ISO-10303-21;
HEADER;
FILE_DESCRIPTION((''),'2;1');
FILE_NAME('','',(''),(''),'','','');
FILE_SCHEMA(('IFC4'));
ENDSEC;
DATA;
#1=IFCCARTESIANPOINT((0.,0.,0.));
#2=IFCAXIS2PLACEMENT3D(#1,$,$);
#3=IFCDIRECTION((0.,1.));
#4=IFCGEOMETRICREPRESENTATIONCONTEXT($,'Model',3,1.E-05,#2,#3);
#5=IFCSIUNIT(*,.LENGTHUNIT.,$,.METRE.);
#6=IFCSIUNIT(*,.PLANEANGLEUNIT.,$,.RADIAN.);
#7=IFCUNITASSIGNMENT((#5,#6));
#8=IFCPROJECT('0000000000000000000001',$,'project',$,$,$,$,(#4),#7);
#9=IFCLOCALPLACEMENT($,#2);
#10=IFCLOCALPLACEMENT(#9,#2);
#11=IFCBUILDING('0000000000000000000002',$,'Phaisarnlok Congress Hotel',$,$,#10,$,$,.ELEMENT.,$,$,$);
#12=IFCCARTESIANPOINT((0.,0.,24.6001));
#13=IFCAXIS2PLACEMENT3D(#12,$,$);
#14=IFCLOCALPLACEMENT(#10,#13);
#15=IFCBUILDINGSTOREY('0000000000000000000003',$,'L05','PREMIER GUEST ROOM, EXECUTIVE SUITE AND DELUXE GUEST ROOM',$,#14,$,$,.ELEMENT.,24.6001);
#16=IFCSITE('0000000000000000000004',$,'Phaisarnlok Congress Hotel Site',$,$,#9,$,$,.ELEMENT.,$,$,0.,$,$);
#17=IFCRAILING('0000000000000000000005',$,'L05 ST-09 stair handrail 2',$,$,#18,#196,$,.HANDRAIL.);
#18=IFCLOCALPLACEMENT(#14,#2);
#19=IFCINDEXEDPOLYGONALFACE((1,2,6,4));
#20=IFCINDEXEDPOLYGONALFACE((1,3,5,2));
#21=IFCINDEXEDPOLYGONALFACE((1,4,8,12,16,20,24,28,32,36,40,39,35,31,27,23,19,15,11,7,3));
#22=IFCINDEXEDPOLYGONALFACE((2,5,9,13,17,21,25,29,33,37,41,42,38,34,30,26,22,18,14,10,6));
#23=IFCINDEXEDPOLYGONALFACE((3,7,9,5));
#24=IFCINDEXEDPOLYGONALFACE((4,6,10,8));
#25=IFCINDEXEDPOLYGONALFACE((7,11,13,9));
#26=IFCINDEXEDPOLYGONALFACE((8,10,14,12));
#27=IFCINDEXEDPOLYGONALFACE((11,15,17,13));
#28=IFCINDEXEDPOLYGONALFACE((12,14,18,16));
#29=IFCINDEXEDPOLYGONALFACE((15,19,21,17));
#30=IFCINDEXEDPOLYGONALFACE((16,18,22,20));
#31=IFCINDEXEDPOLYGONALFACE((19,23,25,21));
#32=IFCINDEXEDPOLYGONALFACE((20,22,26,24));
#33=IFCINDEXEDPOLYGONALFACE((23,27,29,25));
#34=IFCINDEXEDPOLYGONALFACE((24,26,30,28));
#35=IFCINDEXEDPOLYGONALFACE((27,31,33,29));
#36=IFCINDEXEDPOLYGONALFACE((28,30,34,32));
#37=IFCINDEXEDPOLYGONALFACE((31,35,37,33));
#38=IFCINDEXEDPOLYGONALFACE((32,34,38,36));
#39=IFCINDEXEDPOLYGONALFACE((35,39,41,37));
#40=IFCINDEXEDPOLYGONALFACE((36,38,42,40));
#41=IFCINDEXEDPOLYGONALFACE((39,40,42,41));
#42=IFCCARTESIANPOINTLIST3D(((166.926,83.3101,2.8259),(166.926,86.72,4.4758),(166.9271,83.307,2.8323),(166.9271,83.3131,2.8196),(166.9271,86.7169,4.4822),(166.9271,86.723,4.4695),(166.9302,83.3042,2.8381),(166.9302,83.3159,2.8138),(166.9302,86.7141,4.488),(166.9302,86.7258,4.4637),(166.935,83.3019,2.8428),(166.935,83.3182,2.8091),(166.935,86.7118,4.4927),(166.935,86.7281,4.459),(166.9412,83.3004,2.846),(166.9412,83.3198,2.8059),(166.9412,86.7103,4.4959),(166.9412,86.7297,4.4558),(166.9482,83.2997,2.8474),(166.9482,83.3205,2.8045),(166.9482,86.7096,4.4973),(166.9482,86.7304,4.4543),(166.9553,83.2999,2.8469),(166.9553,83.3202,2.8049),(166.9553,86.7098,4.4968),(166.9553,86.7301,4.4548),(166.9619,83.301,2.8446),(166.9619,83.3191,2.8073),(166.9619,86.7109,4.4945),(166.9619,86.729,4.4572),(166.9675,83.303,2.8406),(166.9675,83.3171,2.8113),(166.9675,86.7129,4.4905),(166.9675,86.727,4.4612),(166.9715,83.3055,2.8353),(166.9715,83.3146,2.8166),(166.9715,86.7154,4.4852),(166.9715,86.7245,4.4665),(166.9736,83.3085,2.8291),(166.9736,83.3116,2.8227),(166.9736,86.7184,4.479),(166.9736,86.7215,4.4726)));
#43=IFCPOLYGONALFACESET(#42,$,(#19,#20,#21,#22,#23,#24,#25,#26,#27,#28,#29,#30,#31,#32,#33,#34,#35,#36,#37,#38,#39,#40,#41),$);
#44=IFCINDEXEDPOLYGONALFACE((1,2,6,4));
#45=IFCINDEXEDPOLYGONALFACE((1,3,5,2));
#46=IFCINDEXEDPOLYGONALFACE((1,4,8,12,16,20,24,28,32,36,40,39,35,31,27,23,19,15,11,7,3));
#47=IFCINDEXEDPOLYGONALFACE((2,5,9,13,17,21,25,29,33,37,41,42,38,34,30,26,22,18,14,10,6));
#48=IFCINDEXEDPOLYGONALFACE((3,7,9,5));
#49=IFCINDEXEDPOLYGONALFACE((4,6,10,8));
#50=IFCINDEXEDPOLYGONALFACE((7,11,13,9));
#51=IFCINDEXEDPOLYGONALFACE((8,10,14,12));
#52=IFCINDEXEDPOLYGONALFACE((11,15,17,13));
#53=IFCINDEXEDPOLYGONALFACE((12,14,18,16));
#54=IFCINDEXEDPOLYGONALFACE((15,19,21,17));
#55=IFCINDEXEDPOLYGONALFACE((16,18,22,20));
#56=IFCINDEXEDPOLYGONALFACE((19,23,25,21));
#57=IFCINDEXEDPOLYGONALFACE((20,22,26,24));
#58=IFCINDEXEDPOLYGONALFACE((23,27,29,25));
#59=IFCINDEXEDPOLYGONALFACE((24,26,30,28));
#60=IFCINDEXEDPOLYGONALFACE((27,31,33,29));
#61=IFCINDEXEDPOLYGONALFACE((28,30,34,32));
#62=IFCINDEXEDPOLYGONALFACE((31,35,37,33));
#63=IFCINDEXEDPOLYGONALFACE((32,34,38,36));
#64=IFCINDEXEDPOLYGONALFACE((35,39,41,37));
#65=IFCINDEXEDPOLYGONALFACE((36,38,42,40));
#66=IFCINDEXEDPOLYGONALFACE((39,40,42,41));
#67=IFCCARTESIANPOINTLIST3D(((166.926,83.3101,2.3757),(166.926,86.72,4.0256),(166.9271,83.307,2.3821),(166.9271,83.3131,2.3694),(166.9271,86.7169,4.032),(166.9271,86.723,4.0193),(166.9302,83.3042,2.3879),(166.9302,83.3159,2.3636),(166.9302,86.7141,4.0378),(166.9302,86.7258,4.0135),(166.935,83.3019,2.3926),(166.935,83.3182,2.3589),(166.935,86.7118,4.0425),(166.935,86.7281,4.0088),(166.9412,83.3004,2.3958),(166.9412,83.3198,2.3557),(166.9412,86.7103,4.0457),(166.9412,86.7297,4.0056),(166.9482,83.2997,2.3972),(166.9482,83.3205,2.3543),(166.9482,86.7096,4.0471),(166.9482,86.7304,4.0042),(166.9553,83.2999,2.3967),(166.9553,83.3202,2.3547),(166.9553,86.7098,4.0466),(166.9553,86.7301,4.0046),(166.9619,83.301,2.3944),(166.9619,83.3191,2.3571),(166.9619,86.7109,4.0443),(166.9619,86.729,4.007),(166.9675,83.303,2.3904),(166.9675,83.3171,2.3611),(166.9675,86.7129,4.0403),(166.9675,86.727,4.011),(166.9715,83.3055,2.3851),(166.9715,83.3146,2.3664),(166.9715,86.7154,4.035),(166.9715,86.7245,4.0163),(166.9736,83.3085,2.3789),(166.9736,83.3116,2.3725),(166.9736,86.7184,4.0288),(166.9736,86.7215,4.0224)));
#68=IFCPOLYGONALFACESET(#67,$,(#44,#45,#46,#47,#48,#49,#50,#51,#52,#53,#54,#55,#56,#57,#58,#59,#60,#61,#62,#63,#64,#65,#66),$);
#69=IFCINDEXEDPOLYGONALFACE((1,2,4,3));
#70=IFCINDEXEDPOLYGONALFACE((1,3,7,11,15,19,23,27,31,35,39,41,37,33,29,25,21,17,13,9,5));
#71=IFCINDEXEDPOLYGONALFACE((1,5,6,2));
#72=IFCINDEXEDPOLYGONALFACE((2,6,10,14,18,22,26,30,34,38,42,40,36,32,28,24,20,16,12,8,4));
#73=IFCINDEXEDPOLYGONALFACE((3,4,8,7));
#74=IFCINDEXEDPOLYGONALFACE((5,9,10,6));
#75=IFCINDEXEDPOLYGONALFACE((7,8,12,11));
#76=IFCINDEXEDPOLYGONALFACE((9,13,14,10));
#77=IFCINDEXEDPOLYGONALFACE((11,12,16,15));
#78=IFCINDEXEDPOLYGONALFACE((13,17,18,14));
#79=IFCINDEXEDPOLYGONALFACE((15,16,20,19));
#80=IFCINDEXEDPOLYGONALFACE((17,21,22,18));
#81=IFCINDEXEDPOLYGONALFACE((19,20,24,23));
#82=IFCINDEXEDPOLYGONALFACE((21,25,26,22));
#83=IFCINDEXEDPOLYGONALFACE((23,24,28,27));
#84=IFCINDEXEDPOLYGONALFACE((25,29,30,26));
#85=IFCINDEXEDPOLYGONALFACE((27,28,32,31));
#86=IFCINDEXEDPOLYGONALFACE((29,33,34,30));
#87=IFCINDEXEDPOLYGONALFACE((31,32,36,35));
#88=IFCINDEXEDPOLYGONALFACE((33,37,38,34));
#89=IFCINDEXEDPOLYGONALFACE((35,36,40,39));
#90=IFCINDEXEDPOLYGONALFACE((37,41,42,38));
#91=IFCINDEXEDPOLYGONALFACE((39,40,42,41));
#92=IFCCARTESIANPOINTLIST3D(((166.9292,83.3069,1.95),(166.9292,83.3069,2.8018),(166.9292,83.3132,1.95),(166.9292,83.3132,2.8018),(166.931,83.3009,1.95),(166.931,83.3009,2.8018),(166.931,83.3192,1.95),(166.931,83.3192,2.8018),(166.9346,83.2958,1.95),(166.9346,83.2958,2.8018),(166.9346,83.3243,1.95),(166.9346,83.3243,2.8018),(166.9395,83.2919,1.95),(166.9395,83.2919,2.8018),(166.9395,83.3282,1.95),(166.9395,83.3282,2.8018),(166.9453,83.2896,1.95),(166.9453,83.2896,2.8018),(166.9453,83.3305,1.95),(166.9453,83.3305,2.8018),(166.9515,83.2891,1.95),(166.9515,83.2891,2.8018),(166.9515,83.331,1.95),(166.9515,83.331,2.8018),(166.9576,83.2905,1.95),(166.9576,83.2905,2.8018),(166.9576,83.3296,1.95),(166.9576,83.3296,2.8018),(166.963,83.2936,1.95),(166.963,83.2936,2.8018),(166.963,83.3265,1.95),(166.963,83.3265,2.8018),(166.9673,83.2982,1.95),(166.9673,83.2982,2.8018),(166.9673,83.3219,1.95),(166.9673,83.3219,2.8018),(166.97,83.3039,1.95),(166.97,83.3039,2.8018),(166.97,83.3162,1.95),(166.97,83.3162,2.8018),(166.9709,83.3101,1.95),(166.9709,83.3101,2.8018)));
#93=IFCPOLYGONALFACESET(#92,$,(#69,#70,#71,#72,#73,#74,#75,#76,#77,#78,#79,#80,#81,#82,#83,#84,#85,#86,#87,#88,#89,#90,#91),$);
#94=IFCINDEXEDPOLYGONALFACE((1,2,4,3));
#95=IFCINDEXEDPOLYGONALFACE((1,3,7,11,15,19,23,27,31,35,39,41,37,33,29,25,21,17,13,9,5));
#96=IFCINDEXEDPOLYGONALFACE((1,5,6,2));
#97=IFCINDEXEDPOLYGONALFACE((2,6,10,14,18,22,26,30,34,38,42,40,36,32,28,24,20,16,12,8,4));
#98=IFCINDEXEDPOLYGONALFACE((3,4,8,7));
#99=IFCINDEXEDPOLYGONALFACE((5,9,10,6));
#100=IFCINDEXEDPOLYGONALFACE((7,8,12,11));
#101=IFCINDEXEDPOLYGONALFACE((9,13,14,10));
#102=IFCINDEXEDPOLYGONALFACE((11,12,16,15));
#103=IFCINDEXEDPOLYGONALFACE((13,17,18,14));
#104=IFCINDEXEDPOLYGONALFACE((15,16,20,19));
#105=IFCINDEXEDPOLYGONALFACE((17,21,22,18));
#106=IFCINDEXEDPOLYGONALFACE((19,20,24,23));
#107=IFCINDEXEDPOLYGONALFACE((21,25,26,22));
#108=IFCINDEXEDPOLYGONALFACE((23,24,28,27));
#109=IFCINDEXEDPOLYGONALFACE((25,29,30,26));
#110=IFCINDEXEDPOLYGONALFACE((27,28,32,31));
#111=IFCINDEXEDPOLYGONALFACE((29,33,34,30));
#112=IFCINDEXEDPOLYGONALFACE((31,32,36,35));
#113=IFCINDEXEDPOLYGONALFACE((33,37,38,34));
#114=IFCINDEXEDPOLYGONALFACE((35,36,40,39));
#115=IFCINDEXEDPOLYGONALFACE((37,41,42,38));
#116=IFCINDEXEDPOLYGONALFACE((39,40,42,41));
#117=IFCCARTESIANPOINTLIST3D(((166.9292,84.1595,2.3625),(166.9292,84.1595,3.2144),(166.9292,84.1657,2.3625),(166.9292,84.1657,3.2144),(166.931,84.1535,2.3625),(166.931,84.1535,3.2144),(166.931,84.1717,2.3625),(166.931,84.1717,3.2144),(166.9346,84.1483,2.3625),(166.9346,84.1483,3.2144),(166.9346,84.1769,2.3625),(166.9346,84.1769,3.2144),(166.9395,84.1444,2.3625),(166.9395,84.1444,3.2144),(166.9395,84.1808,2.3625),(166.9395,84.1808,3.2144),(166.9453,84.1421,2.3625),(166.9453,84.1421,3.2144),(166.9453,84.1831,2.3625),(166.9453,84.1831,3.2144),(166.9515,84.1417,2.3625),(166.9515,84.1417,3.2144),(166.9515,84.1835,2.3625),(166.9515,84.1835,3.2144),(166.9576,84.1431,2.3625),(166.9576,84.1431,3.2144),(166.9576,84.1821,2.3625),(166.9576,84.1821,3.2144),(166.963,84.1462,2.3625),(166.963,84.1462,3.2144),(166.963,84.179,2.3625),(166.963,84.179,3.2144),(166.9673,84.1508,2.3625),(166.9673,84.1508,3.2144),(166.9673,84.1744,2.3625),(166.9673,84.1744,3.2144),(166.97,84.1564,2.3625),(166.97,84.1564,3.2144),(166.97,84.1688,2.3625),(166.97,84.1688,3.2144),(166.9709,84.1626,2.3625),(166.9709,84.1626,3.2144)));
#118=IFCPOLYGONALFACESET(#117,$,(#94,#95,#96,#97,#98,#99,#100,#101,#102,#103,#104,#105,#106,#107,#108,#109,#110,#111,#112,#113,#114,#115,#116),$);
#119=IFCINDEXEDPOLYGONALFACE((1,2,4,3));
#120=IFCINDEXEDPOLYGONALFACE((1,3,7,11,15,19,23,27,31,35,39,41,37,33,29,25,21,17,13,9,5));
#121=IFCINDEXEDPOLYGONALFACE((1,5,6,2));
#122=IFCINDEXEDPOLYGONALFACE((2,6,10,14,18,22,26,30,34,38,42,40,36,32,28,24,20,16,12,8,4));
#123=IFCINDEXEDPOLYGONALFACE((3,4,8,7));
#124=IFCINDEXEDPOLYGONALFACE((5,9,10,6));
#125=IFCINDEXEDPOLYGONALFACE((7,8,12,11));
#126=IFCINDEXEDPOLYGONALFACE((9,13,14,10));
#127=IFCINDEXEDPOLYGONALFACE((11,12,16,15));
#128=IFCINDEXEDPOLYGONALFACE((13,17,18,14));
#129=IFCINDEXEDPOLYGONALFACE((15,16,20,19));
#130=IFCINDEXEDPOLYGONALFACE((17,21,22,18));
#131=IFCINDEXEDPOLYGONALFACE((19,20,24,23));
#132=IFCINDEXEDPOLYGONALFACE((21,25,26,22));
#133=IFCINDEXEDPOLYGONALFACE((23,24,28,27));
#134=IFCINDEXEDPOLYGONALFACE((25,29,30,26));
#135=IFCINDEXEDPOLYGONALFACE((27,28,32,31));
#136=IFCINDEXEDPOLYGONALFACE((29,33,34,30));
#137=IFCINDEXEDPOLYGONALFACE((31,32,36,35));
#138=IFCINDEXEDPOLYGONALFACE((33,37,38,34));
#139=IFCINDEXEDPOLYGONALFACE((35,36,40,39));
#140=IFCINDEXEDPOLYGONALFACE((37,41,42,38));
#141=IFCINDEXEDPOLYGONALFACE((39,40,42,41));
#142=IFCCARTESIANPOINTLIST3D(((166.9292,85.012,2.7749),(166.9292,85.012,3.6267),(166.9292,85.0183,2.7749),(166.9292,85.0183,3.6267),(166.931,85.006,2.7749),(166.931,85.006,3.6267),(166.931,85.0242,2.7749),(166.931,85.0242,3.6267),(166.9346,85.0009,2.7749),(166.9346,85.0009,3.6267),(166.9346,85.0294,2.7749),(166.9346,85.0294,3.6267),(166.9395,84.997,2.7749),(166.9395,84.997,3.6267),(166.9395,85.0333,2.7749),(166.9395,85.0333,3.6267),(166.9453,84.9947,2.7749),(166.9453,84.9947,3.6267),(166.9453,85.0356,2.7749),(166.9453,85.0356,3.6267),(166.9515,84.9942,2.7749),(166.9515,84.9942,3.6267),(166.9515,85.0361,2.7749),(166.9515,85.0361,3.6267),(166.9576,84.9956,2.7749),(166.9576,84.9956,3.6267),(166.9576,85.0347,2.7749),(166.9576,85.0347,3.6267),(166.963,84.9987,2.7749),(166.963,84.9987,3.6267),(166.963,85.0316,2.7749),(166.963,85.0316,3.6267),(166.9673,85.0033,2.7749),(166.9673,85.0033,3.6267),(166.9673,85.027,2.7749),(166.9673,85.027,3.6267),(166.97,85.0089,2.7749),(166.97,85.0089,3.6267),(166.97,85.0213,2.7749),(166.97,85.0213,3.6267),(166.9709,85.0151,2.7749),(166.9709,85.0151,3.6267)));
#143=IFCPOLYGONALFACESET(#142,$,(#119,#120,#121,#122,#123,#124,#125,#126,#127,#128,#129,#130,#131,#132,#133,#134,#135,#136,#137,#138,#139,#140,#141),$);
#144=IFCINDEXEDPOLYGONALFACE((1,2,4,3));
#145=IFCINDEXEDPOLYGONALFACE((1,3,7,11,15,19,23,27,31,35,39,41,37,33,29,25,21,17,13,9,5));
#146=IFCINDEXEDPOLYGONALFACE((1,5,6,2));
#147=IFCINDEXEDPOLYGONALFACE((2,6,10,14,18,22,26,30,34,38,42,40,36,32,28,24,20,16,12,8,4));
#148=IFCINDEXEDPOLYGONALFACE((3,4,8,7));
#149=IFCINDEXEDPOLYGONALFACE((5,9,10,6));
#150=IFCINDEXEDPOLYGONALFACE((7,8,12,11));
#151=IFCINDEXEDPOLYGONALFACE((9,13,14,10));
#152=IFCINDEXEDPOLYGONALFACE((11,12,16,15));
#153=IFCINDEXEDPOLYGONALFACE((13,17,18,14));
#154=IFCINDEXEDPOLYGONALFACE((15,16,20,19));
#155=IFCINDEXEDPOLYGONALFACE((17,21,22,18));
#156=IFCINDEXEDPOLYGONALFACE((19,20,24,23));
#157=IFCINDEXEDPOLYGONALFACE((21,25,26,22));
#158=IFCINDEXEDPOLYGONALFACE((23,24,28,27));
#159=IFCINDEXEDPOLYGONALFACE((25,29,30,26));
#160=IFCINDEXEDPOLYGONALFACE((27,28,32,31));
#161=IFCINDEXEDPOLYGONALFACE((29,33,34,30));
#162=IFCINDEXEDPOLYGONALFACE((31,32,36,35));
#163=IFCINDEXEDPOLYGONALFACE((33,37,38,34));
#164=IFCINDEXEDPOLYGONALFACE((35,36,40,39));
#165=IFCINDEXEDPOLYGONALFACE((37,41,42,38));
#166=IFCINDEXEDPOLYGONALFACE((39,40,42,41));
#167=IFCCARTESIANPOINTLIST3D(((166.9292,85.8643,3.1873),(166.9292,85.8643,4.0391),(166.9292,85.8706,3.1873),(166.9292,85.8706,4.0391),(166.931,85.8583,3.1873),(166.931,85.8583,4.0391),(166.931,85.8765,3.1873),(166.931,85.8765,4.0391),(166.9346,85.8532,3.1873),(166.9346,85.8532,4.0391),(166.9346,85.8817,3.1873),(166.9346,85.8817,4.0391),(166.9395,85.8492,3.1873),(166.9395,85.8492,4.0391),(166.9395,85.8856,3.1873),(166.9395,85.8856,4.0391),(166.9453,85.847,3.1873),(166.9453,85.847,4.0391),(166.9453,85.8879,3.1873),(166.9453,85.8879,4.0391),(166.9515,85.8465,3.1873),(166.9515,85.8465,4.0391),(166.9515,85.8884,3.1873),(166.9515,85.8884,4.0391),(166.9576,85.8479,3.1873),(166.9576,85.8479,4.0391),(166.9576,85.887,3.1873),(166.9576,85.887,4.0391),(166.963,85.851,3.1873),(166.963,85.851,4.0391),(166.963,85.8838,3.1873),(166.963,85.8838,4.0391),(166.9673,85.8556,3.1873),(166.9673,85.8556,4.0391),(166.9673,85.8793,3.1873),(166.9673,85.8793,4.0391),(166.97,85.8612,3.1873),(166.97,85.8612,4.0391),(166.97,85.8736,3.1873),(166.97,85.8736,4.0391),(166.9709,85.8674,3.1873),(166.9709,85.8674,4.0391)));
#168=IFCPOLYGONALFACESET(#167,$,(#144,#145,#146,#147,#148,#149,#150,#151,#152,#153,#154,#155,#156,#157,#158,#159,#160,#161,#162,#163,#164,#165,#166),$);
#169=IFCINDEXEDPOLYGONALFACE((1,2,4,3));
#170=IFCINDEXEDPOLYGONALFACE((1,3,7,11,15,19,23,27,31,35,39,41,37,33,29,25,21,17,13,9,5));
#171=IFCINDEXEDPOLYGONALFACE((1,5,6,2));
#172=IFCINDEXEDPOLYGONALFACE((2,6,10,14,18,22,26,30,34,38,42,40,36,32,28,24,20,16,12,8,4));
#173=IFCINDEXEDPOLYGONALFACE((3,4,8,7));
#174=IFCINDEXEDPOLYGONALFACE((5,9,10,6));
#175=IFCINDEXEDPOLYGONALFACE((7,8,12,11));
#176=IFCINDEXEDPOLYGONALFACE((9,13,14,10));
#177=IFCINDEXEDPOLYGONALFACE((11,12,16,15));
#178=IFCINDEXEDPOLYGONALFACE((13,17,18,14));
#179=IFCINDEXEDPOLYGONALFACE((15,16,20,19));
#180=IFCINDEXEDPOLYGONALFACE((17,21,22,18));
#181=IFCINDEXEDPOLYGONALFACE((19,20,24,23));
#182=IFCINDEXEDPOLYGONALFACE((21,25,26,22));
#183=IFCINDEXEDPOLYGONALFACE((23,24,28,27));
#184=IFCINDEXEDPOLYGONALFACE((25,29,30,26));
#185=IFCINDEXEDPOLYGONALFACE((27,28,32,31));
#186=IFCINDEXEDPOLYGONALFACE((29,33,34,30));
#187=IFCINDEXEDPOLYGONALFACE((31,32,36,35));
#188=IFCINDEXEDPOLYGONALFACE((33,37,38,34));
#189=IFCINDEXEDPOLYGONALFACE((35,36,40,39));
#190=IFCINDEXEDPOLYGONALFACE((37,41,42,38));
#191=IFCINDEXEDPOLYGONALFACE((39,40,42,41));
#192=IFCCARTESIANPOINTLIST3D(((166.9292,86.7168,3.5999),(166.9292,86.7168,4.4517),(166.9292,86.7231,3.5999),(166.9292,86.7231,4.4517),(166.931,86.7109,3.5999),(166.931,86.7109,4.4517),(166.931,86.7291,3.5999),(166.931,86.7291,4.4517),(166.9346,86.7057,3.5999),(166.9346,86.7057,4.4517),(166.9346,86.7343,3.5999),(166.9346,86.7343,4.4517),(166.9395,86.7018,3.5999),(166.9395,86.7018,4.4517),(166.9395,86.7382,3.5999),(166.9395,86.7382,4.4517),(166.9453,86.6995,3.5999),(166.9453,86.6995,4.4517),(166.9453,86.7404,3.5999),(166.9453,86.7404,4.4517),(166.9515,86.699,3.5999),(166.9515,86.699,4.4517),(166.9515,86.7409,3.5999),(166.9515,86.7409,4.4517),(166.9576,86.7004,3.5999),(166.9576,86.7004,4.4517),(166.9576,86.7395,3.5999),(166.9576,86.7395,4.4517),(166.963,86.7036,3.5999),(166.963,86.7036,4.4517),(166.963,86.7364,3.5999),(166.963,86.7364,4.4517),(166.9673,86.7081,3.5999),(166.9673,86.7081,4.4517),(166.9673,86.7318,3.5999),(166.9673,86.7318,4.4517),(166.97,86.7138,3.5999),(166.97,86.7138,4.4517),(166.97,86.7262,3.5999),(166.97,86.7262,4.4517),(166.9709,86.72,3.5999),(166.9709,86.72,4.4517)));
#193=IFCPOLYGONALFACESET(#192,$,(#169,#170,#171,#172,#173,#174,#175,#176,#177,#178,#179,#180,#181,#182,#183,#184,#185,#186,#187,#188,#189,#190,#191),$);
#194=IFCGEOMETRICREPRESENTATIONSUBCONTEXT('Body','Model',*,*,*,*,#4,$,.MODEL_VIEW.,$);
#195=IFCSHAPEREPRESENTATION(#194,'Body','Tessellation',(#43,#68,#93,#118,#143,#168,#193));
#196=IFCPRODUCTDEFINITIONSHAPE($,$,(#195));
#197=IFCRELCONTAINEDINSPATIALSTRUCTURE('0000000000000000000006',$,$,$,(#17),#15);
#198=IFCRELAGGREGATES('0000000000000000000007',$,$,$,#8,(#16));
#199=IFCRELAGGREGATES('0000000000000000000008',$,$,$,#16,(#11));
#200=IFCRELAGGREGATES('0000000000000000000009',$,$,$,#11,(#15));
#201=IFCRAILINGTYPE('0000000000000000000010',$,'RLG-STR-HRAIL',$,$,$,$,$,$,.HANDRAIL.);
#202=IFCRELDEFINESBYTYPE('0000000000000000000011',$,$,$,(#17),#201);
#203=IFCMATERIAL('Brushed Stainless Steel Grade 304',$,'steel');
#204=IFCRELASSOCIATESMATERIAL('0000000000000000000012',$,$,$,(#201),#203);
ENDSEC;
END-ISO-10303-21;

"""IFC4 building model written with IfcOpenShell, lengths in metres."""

from ifc_helpers import new_model, si_unit, direction, frame, origin, origin_2d, place, context, subcontext, project, spatial, circle, extrude, material, type_object, element, save


model = new_model("IFC4")

# Units and contexts
model_context = context("Model", 3, precision=1e-05, world=origin(), true_north=direction((0.0, 1.0)))
body_context = subcontext(model_context, "Body", "Model", "MODEL_VIEW")
ifc_project = project(units=[si_unit("LENGTHUNIT", "METRE"), si_unit("PLANEANGLEUNIT", "RADIAN")], contexts=[model_context])

# Site, building, storey
site_placement = place(None, origin())
site = spatial("IfcSite", under=ifc_project, at=site_placement, Name="Phaisarnlok Congress Hotel Site", CompositionType="ELEMENT", RefElevation=0.0)
building_placement = place(site_placement, origin())
building = spatial("IfcBuilding", under=site, at=building_placement, Name="Phaisarnlok Congress Hotel", CompositionType="ELEMENT")
storey_placement = place(building_placement, frame((0.0, 0.0, 24.6001)))
storey = spatial("IfcBuildingStorey", under=building, at=storey_placement, Name="L05", Description="PREMIER GUEST ROOM, EXECUTIVE SUITE AND DELUXE GUEST ROOM", CompositionType="ELEMENT", Elevation=24.6001)

# Railing
ifc_material_1 = material(Name="Brushed Stainless Steel Grade 304", Category="steel")
railing_type_1 = type_object("IfcRailingType", Name="RLG-STR-HRAIL", PredefinedType="HANDRAIL", material=ifc_material_1)
railing_1_placement = place(storey_placement, frame((166.95, 83.3101, 1.95)))
element("IfcRailing", 1, at=railing_1_placement, inside=storey, type_object=railing_type_1, Name="L05 ST-09 stair handrail 2", PredefinedType="HANDRAIL", context=body_context, shape_type="SweptSolid", body=[
    extrude(circle(Radius=0.0239, at=origin_2d()), frame((0.0, 0.0, 0.876), z_axis=(0.0, 0.900165, 0.435549), x_axis=(-1.0, 0.0, 0.0)), (0.0, 0.0, 1.0), 3.7881),
    extrude(circle(Radius=0.0239, at=origin_2d()), frame((0.0, 0.0, 0.4258), z_axis=(0.0, 0.900165, 0.435549), x_axis=(-1.0, 0.0, 0.0)), (0.0, 0.0, 1.0), 3.7881),
    extrude(circle(Radius=0.021, at=origin_2d()), origin(), (0.0, 0.0, 1.0), 0.8518),
    extrude(circle(Radius=0.021, at=origin_2d()), frame((0.0, 0.8525, 0.4126)), (0.0, 0.0, 1.0), 0.8518),
    extrude(circle(Radius=0.021, at=origin_2d()), frame((0.0, 1.7051, 0.825)), (0.0, 0.0, 1.0), 0.8518),
    extrude(circle(Radius=0.021, at=origin_2d()), frame((0.0, 2.5574, 1.2373)), (0.0, 0.0, 1.0), 0.8518),
    extrude(circle(Radius=0.021, at=origin_2d()), frame((0.0, 3.4099, 1.6499)), (0.0, 0.0, 1.0), 0.8518),
])

save(model, "model.ifc")
